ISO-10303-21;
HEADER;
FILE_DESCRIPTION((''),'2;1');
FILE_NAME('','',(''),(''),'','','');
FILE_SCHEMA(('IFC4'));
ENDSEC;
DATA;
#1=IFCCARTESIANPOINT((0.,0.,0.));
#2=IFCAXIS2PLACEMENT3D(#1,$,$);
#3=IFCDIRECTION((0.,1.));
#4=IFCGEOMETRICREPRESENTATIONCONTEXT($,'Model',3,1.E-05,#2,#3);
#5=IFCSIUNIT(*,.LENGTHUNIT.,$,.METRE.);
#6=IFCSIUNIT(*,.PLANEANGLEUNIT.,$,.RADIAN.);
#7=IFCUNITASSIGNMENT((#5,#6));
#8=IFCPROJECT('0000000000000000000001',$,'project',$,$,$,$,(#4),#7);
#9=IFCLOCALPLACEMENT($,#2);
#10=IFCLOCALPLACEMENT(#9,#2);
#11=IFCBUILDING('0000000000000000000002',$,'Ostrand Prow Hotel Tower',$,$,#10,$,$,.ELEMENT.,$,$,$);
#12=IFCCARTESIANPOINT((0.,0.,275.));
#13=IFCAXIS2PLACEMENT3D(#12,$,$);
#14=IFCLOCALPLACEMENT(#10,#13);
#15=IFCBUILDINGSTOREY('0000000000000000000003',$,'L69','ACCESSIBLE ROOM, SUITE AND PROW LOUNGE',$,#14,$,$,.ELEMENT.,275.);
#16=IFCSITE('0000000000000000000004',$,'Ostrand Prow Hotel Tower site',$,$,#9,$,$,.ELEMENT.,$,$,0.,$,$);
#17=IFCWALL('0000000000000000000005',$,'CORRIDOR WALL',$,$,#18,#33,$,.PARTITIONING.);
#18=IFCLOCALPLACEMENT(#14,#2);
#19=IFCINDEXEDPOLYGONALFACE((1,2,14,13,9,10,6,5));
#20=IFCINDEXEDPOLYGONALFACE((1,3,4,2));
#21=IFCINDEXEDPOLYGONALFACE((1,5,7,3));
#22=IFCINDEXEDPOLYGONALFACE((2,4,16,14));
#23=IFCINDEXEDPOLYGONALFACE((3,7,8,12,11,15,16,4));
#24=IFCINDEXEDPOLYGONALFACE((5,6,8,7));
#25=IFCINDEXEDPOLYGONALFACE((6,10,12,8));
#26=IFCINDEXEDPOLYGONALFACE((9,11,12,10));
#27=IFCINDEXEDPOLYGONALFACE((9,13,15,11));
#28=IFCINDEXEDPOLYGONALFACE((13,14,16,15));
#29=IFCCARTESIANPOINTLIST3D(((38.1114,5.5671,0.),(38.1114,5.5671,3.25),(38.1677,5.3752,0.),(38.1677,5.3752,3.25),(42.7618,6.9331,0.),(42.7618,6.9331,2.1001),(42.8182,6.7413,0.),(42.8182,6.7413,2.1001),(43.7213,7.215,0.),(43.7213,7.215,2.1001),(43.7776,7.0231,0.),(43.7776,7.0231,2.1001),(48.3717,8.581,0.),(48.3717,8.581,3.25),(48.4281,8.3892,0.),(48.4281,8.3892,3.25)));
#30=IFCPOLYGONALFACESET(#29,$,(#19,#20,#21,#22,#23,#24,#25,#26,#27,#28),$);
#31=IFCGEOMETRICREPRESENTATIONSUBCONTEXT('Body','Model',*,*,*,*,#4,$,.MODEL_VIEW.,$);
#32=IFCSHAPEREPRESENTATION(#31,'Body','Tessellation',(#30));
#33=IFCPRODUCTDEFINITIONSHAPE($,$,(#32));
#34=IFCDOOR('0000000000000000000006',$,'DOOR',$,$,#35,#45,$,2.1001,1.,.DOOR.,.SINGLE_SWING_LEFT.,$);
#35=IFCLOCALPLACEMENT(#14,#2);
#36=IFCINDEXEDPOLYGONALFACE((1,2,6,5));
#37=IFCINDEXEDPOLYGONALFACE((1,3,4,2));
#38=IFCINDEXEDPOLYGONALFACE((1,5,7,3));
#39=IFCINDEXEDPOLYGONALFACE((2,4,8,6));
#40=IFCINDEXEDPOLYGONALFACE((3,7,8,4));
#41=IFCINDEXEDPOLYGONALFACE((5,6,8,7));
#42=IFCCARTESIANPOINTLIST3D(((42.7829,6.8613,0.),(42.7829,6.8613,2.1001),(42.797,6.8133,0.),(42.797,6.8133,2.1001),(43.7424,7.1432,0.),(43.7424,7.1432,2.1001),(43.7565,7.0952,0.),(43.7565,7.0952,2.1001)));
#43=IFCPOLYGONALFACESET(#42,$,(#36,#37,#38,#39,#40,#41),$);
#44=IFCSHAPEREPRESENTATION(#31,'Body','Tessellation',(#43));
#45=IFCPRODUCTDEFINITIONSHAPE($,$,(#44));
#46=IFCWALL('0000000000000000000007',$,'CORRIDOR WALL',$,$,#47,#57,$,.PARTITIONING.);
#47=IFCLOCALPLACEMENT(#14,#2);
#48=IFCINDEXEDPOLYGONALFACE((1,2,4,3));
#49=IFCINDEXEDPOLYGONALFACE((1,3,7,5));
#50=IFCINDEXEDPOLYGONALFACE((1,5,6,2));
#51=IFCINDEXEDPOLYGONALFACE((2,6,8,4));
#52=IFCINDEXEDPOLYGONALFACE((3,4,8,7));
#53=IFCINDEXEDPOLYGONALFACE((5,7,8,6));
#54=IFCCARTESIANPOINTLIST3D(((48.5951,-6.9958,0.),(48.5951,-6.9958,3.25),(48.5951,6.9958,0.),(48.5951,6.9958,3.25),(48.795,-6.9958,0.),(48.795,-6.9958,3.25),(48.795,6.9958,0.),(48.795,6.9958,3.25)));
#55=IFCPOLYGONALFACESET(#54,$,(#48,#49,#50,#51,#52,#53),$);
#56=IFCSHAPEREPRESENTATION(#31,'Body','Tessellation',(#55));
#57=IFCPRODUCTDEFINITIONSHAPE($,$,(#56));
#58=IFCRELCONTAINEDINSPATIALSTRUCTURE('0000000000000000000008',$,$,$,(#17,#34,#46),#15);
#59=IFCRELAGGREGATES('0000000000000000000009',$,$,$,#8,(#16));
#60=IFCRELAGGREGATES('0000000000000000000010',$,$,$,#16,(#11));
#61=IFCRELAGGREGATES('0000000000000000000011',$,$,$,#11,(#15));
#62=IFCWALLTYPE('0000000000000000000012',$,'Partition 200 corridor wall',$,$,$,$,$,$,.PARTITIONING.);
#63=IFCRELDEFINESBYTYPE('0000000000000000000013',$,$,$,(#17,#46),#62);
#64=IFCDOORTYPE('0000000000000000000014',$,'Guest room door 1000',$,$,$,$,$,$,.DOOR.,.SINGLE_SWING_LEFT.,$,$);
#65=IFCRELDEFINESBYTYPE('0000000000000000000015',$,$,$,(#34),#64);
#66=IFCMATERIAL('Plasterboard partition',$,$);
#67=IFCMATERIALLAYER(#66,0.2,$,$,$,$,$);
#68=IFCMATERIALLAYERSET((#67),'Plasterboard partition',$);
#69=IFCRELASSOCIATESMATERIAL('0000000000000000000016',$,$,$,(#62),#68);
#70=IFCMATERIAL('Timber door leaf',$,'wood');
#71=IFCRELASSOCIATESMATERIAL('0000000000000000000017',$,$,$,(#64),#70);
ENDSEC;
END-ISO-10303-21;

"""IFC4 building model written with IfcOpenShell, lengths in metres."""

from ifc_helpers import new_model, si_unit, direction, frame, frame_2d, origin, place, context, subcontext, project, spatial, rectangle, extrude, material, layer, layer_set, type_object, element, fill, save


model = new_model("IFC4")

# Units and contexts
model_context = context("Model", 3, precision=1e-05, world=origin(), true_north=direction((0.0, 1.0)))
body_context = subcontext(model_context, "Body", "Model", "MODEL_VIEW")
ifc_project = project(units=[si_unit("LENGTHUNIT", "METRE"), si_unit("PLANEANGLEUNIT", "RADIAN")], contexts=[model_context])

# Site, building, storey
site_placement = place(None, origin())
site = spatial("IfcSite", under=ifc_project, at=site_placement, Name="Ostrand Prow Hotel Tower site", CompositionType="ELEMENT", RefElevation=0.0)
building_placement = place(site_placement, origin())
building = spatial("IfcBuilding", under=site, at=building_placement, Name="Ostrand Prow Hotel Tower", CompositionType="ELEMENT")
storey_placement = place(building_placement, frame((0.0, 0.0, 275.0)))
storey = spatial("IfcBuildingStorey", under=building, at=storey_placement, Name="L69", Description="ACCESSIBLE ROOM, SUITE AND PROW LOUNGE", CompositionType="ELEMENT", Elevation=275.0)

# Wall, opening, door
ifc_material_1 = material(Name="Plasterboard partition")
ifc_layer_1 = layer(ifc_material_1, 0.2)
ifc_layer_set_1 = layer_set([ifc_layer_1], Name="Plasterboard partition")
wall_type_1 = type_object("IfcWallType", Name="Partition 200 corridor wall", PredefinedType="PARTITIONING", material=ifc_layer_set_1)
wall_1_placement = place(storey_placement, frame((48.3999, 8.4851, 0.0), z_axis=(0.0, 0.0, 1.0), x_axis=(-0.959462, -0.281839, 0.0)))
wall_1 = element("IfcWall", 1, at=wall_1_placement, inside=storey, type_object=wall_type_1, Name="CORRIDOR WALL", PredefinedType="PARTITIONING", context=body_context, shape_type="SweptSolid", body=[
    extrude(rectangle(XDim=10.6938, YDim=0.2, at=frame_2d((5.3469, 0.0))), origin(), (0.0, 0.0, 1.0), 3.25),
])
opening_1_placement = place(wall_1_placement, frame((4.8469, 0.0, 0.0)))
opening_1 = element("IfcOpeningElement", 2, at=opening_1_placement, cuts=wall_1, PredefinedType="OPENING", context=body_context, shape_type="SweptSolid", body=[
    extrude(rectangle(XDim=1.0, YDim=2.1001, at=frame_2d((0.5, 1.05))), frame((0.0, 0.1099, 0.0), z_axis=(0.0, -1.0, 0.0), x_axis=(1.0, 0.0, 0.0)), (0.0, 0.0, 1.0), 0.22),
])
ifc_material_2 = material(Name="Timber door leaf", Category="wood")
door_type_1 = type_object("IfcDoorType", Name="Guest room door 1000", OperationType="SINGLE_SWING_LEFT", PredefinedType="DOOR", material=ifc_material_2)
door_1_placement = place(opening_1_placement, origin())
door_1 = element("IfcDoor", 3, at=door_1_placement, inside=storey, type_object=door_type_1, Name="DOOR", OperationType="SINGLE_SWING_LEFT", OverallHeight=2.1001, OverallWidth=1.0, PredefinedType="DOOR", context=body_context, shape_type="SweptSolid", body=[
    extrude(rectangle(XDim=1.0, YDim=2.1001, at=frame_2d((0.5, 1.05))), frame((0.0, 0.0249, 0.0), z_axis=(0.0, -1.0, 0.0), x_axis=(1.0, 0.0, 0.0)), (0.0, 0.0, 1.0), 0.05),
])
fill(opening_1, door_1)

# Wall
wall_2_placement = place(storey_placement, frame((48.6951, 6.9958, 0.0), z_axis=(0.0, 0.0, 1.0), x_axis=(0.0, -1.0, 0.0)))
element("IfcWall", 4, at=wall_2_placement, inside=storey, type_object=wall_type_1, Name="CORRIDOR WALL", PredefinedType="PARTITIONING", context=body_context, shape_type="SweptSolid", body=[
    extrude(rectangle(XDim=13.9917, YDim=0.2, at=frame_2d((6.9958, 0.0))), origin(), (0.0, 0.0, 1.0), 3.25),
])

save(model, "model.ifc")
